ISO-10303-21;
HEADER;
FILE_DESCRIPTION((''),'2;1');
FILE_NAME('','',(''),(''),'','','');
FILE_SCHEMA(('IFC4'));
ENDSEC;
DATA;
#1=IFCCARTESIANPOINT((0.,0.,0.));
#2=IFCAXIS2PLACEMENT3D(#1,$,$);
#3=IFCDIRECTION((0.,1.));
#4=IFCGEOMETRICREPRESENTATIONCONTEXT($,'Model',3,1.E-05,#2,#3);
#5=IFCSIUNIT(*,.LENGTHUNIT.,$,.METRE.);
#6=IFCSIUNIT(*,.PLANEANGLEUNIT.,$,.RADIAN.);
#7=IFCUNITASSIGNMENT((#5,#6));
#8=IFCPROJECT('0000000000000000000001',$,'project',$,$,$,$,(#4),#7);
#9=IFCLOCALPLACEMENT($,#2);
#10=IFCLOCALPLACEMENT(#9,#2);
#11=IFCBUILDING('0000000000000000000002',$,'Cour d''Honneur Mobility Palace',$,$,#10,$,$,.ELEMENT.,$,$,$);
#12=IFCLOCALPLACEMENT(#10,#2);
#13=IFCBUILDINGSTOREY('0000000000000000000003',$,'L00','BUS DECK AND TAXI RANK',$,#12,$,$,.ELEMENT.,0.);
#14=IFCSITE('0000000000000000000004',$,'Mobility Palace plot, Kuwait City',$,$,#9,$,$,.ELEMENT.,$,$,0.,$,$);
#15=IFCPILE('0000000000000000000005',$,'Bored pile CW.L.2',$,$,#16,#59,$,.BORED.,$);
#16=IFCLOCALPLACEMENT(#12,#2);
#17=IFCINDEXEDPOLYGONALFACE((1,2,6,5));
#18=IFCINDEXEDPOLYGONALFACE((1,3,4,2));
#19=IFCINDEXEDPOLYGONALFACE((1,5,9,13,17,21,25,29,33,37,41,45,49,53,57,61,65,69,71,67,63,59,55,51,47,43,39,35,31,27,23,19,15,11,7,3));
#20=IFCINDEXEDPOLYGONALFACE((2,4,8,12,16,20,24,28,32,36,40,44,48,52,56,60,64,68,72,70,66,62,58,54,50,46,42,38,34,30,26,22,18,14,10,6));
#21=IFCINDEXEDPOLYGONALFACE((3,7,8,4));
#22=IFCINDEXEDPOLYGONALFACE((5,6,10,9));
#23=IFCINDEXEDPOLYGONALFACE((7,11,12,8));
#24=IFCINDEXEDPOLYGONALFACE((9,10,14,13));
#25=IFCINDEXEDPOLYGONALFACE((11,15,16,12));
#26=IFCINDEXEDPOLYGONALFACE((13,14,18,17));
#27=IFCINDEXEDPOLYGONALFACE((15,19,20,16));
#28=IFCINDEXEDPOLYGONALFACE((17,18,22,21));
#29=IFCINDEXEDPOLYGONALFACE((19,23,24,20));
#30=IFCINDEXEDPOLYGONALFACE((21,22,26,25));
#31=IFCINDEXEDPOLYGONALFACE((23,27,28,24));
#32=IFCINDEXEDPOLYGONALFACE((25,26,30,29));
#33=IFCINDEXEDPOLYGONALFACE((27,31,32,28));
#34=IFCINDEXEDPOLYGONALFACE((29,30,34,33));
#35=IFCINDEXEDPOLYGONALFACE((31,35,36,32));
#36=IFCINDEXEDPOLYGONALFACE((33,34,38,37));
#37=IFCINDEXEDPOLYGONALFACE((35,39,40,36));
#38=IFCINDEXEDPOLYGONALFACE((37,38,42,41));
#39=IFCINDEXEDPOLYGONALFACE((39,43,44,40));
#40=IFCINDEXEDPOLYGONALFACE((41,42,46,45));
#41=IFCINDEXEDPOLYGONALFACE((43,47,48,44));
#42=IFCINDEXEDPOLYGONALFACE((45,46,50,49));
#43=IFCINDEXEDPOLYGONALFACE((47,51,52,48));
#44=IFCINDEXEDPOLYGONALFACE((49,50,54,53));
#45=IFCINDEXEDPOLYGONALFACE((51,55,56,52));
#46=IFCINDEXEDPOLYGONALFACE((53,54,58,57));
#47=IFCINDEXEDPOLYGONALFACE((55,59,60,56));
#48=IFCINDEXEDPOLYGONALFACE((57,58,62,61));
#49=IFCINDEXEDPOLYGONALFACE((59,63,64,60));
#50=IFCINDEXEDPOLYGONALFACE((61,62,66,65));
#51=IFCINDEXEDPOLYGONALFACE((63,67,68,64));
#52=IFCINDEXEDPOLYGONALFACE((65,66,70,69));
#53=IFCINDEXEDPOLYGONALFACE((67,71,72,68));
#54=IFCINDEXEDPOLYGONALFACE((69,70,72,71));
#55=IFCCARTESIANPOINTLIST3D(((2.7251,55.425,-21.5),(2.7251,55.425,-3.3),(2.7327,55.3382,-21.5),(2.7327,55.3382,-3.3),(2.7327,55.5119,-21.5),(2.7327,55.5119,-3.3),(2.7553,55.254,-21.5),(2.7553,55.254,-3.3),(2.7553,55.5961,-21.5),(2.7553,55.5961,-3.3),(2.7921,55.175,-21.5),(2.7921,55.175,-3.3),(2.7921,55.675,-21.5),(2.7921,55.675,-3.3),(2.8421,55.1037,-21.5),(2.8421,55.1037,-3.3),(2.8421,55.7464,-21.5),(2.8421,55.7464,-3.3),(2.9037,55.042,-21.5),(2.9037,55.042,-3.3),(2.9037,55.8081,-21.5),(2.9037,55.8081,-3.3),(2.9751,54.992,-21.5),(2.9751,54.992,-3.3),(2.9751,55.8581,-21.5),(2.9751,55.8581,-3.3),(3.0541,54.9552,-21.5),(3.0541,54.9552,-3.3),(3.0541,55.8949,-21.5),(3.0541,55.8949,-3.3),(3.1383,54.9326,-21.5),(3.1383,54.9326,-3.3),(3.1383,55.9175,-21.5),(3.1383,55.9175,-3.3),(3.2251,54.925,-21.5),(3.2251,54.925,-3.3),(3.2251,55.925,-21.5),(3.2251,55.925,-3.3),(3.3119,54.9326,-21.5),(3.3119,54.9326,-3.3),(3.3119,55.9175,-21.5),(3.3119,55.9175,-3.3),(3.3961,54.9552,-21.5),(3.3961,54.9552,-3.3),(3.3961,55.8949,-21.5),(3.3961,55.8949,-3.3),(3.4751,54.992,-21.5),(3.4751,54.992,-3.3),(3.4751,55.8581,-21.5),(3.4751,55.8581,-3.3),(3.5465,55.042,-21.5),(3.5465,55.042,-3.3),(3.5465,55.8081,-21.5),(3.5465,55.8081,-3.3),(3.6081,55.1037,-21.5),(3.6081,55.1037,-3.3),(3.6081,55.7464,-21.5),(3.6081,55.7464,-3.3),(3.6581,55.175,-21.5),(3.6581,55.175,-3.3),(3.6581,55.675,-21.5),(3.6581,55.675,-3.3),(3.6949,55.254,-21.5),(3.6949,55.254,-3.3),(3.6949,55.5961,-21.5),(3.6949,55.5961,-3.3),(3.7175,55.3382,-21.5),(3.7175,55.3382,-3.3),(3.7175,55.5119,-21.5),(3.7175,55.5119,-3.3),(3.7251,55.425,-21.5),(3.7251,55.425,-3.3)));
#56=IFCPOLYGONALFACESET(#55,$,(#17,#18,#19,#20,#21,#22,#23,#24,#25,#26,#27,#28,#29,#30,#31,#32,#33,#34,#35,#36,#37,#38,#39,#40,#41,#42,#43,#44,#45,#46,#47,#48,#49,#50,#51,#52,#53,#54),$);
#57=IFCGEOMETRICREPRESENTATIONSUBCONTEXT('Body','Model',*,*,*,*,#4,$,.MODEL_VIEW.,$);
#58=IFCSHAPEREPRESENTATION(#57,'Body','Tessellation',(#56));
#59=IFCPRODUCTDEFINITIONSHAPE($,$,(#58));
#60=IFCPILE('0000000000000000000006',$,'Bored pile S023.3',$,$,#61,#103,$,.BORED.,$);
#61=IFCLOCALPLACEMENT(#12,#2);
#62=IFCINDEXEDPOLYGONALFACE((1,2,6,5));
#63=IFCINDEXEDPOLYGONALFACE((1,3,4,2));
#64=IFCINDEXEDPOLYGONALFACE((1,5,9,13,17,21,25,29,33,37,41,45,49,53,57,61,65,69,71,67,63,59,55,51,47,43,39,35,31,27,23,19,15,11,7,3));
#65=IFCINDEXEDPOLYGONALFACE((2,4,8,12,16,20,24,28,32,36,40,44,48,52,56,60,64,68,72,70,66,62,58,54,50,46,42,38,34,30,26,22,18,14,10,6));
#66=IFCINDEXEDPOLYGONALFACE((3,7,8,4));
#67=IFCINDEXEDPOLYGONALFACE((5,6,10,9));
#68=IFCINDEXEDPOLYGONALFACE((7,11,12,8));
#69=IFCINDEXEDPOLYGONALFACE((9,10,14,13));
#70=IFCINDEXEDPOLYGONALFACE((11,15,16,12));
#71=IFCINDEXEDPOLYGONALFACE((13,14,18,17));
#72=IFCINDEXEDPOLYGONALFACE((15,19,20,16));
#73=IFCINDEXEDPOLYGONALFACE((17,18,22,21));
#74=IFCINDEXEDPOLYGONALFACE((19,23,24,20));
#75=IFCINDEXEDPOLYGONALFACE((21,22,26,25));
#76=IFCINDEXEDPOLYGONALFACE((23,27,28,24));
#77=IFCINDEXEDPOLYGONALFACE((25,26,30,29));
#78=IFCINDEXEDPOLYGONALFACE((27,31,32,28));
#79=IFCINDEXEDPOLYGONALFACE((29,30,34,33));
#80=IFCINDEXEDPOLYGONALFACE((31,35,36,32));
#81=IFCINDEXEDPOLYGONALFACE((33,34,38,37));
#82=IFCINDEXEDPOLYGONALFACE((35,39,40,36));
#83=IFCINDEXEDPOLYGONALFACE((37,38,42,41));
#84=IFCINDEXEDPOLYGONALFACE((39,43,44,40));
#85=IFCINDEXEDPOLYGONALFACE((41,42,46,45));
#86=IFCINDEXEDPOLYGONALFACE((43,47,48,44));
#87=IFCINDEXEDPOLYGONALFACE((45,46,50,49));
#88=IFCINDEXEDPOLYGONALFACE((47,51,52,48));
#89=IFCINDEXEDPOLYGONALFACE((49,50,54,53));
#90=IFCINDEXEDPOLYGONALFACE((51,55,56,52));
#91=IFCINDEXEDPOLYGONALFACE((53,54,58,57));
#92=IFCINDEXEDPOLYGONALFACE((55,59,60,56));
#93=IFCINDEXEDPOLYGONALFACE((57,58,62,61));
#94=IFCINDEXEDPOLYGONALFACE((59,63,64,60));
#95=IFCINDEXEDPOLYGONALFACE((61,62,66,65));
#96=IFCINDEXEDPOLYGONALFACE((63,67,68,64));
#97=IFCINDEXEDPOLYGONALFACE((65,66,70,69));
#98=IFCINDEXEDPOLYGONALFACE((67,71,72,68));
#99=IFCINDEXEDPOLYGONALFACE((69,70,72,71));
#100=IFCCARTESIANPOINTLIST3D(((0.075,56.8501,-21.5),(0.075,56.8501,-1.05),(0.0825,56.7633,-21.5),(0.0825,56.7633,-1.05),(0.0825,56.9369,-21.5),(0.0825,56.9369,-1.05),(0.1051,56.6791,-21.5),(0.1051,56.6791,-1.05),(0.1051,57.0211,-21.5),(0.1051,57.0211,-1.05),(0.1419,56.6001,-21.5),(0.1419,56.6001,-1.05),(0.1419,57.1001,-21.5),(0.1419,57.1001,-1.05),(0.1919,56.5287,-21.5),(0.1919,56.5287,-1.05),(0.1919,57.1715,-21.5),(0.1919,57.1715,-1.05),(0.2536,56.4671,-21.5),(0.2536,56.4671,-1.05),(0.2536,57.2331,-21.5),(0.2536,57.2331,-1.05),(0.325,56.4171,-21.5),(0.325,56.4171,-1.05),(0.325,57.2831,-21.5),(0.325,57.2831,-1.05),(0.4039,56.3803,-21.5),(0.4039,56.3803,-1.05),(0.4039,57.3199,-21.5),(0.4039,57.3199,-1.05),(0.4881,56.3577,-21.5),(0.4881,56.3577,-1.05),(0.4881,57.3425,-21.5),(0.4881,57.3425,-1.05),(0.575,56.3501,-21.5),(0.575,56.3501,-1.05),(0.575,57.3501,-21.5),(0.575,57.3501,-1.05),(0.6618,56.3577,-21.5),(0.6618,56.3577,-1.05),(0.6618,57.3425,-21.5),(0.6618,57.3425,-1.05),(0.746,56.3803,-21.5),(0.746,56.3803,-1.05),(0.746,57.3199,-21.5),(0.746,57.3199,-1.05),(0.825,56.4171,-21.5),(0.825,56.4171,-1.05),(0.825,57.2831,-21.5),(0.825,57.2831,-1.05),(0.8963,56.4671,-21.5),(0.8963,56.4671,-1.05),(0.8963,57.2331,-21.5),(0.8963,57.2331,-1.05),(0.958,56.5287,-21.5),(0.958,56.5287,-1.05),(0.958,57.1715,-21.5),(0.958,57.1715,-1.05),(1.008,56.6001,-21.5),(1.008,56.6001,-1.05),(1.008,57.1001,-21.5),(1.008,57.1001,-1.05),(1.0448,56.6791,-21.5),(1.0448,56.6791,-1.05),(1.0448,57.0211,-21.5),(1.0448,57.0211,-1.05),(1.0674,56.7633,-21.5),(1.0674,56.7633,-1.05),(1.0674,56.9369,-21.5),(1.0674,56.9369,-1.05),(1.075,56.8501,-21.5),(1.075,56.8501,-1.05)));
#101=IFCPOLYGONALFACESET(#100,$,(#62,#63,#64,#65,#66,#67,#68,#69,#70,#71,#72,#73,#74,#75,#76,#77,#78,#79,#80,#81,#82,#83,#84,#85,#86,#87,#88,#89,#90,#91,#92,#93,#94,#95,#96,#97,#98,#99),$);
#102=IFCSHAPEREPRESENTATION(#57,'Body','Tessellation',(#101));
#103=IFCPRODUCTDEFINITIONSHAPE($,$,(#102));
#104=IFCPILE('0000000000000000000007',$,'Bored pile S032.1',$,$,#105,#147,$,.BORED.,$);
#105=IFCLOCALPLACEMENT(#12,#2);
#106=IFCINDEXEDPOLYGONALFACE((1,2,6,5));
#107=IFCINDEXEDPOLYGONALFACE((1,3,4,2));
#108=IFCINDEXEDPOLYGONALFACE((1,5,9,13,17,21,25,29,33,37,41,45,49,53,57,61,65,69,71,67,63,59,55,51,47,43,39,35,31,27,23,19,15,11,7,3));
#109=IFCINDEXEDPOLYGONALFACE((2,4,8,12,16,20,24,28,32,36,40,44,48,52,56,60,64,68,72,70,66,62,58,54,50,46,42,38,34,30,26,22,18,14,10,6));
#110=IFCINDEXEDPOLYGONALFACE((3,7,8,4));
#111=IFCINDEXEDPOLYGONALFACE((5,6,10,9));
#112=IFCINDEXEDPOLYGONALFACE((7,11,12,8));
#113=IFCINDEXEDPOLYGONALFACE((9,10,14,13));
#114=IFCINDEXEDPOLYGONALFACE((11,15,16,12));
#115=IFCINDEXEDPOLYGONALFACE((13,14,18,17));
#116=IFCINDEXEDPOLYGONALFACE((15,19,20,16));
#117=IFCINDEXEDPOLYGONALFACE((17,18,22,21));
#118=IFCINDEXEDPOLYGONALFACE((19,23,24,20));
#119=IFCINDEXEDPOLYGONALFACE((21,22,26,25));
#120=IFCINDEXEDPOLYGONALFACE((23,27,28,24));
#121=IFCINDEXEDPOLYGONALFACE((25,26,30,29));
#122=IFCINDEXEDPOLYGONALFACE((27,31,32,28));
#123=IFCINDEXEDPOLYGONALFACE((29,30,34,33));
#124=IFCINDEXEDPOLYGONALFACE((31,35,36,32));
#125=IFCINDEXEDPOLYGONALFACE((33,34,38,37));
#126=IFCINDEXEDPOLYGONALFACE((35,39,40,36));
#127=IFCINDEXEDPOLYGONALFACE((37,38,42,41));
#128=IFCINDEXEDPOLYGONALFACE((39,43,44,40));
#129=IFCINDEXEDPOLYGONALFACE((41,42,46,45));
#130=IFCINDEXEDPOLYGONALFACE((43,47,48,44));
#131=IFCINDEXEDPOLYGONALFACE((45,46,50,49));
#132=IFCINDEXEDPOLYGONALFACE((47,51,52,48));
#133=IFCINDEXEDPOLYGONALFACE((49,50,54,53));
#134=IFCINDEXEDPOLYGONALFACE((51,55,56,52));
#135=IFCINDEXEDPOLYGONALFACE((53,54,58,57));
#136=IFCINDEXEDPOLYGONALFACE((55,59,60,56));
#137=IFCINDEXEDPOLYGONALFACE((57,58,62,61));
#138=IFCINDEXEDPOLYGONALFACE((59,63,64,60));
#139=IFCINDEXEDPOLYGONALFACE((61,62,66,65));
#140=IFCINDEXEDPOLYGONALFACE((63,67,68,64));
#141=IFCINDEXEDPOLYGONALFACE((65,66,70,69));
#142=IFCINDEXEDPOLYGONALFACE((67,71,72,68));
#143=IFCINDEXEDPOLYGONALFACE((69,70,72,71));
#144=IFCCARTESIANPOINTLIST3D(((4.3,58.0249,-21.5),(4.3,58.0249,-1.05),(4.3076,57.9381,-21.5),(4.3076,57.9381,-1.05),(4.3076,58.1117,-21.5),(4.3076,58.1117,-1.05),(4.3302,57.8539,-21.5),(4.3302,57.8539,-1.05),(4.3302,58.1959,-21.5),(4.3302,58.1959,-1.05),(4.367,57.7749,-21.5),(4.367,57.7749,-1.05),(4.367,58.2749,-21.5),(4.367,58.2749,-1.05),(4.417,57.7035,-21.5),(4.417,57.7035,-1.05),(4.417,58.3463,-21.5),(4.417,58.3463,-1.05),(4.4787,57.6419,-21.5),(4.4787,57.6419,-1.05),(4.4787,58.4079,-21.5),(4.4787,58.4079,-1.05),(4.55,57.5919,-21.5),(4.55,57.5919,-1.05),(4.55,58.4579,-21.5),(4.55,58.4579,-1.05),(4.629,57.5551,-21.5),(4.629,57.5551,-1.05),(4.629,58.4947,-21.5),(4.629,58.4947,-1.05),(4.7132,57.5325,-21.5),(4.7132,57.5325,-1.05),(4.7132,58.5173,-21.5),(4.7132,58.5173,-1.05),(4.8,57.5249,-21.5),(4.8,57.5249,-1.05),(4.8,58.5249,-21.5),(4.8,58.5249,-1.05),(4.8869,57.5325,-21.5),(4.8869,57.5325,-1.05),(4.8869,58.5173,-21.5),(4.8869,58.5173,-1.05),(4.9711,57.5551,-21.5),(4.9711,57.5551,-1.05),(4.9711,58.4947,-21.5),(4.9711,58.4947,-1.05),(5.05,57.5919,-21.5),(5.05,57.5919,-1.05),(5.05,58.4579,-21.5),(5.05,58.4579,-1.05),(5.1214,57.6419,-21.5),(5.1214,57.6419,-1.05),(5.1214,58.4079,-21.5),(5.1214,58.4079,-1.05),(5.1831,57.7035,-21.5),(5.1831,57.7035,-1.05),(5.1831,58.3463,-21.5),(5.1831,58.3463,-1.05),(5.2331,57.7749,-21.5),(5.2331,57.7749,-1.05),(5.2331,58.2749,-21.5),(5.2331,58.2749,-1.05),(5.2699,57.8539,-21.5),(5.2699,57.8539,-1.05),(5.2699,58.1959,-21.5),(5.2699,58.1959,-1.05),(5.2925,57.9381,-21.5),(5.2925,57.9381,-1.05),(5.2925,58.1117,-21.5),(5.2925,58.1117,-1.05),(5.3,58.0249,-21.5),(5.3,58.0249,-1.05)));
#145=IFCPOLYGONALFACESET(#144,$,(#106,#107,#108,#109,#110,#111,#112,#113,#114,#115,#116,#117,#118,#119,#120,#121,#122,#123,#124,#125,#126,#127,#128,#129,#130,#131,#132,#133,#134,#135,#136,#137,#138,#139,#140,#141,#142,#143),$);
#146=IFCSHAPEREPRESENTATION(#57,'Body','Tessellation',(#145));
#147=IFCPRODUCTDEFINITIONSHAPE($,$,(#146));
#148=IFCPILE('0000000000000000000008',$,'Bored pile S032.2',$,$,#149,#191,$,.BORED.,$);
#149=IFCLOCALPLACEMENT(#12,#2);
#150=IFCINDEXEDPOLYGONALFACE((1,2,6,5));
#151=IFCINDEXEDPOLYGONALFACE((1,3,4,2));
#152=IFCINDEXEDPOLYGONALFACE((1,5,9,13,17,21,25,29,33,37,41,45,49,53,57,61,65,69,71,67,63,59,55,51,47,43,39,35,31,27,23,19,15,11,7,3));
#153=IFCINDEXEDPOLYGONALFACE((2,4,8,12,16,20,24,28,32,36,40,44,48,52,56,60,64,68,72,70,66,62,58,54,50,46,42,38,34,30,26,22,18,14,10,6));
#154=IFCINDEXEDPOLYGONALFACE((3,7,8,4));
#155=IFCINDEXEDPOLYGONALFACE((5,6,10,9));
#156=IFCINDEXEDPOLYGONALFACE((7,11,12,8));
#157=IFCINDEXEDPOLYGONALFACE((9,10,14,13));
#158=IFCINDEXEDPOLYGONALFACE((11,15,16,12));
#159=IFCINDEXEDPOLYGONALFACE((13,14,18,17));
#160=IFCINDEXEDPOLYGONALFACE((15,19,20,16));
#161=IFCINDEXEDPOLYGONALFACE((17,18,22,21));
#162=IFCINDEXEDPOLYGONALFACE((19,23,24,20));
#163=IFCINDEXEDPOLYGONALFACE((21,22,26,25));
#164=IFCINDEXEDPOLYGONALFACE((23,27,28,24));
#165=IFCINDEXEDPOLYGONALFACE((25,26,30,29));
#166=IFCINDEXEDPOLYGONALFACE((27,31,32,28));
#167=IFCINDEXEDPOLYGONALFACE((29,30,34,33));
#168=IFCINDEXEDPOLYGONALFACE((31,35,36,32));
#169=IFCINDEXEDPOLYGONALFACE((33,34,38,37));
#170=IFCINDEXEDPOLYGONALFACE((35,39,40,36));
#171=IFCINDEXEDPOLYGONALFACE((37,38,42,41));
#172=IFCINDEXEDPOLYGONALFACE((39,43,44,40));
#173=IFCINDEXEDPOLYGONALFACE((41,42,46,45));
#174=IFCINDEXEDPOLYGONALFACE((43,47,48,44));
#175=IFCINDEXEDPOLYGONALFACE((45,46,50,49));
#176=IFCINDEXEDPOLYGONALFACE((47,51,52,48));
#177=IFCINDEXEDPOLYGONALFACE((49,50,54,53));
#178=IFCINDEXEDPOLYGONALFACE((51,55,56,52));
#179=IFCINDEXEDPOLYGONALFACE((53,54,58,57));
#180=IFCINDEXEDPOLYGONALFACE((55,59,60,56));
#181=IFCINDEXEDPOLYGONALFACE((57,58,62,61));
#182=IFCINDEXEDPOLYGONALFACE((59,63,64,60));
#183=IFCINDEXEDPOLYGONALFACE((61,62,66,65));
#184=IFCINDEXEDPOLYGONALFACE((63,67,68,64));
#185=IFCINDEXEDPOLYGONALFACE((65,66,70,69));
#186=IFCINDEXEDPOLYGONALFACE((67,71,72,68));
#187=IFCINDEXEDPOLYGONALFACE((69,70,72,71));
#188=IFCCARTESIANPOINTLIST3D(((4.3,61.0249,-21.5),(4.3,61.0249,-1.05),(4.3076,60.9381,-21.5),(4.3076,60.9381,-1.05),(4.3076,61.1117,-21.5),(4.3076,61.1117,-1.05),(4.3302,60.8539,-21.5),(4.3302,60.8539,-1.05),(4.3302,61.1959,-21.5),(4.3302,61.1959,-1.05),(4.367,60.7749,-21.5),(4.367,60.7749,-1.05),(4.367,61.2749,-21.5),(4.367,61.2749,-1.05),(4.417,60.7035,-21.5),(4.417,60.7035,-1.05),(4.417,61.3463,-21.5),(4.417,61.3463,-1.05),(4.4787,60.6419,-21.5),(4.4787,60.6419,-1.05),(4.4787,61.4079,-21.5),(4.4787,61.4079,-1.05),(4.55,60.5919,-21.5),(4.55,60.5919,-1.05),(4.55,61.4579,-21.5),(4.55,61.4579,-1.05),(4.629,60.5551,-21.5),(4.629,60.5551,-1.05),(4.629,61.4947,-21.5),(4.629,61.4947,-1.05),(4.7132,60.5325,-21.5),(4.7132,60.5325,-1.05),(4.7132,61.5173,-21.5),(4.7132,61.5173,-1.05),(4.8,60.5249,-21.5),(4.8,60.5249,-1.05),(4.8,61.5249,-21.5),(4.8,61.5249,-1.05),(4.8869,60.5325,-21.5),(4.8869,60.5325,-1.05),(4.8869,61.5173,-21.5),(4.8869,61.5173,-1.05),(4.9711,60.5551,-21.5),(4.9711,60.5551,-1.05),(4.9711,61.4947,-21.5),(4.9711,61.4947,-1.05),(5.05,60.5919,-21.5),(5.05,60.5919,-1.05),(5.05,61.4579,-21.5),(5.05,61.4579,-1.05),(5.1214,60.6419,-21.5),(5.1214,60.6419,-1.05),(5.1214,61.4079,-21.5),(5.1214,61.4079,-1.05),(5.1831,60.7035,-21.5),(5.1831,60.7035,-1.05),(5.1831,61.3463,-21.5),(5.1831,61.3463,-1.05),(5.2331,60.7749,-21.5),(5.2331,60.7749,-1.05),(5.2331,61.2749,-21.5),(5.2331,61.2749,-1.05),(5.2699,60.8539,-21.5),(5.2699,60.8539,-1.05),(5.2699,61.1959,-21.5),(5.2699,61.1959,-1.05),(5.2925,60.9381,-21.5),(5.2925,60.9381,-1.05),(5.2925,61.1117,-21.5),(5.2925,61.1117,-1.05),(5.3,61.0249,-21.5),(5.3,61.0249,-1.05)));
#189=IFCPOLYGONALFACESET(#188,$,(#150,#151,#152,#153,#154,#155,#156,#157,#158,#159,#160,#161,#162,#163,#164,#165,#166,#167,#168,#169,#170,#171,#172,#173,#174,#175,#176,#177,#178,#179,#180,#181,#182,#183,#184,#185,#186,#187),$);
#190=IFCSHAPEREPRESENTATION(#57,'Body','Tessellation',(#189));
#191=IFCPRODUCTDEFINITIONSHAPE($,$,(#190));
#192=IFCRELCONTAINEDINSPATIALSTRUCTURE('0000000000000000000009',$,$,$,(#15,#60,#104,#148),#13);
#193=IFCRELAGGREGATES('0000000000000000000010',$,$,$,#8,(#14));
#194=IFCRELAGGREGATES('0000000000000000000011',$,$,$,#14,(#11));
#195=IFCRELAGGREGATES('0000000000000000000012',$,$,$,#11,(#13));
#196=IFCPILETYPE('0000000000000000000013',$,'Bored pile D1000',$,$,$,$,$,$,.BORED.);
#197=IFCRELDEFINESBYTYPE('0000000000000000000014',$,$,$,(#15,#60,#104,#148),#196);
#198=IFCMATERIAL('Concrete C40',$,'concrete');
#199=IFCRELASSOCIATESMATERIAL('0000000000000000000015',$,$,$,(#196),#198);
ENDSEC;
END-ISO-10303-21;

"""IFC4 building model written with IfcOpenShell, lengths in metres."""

from ifc_helpers import new_model, si_unit, direction, frame, origin, origin_2d, place, context, subcontext, project, spatial, circle, extrude, material, material_profile, profile_set, type_object, element, save


model = new_model("IFC4")

# Units and contexts
model_context = context("Model", 3, precision=1e-05, world=origin(), true_north=direction((0.0, 1.0)))
body_context = subcontext(model_context, "Body", "Model", "MODEL_VIEW")
ifc_project = project(units=[si_unit("LENGTHUNIT", "METRE"), si_unit("PLANEANGLEUNIT", "RADIAN")], contexts=[model_context])

# Site, building, storey
site_placement = place(None, origin())
site = spatial("IfcSite", under=ifc_project, at=site_placement, Name="Mobility Palace plot, Kuwait City", CompositionType="ELEMENT", RefElevation=0.0)
building_placement = place(site_placement, origin())
building = spatial("IfcBuilding", under=site, at=building_placement, Name="Cour d'Honneur Mobility Palace", CompositionType="ELEMENT")
storey_placement = place(building_placement, origin())
storey = spatial("IfcBuildingStorey", under=building, at=storey_placement, Name="L00", Description="BUS DECK AND TAXI RANK", CompositionType="ELEMENT", Elevation=0.0)

# Piles
ifc_material_1 = material(Name="Concrete C40", Category="concrete")
ifc_material_profile_1 = material_profile(ifc_material_1, circle(Radius=0.5, at=origin_2d()), Name="Bored pile D1000")
ifc_profile_set_1 = profile_set([ifc_material_profile_1], Name="Concrete C40")
pile_type_1 = type_object("IfcPileType", Name="Bored pile D1000", PredefinedType="BORED", material=ifc_profile_set_1)
pile_placement = place(storey_placement, frame((3.2251, 55.425, -3.3), z_axis=(0.0, 0.0, -1.0), x_axis=(1.0, 0.0, 0.0)))
element("IfcPile", 1, at=pile_placement, inside=storey, type_object=pile_type_1, Name="Bored pile CW.L.2", PredefinedType="BORED", context=body_context, shape_type="SweptSolid", body=[
    extrude(circle(Radius=0.5, at=origin_2d()), origin(), (0.0, 0.0, 1.0), 18.2),
])
for number, where, z_axis, x_axis, name in (
    (2, (0.575, 56.8501, -1.05), (0.0, 0.0, -1.0), (1.0, 0.0, 0.0), "Bored pile S023.3"),
    (3, (4.8, 58.0249, -1.05), (0.0, 0.0, -1.0), (1.0, 0.0, 0.0), "Bored pile S032.1"),
    (4, (4.8, 61.0249, -1.05), (0.0, 0.0, -1.0), (1.0, 0.0, 0.0), "Bored pile S032.2"),
):
    element("IfcPile", number, at=place(storey_placement, frame(where, z_axis=z_axis, x_axis=x_axis)), inside=storey, type_object=pile_type_1, Name=name, PredefinedType="BORED", context=body_context, shape_type="SweptSolid", body=[
        extrude(circle(Radius=0.5, at=origin_2d()), origin(), (0.0, 0.0, 1.0), 20.45),
    ])

save(model, "model.ifc")
